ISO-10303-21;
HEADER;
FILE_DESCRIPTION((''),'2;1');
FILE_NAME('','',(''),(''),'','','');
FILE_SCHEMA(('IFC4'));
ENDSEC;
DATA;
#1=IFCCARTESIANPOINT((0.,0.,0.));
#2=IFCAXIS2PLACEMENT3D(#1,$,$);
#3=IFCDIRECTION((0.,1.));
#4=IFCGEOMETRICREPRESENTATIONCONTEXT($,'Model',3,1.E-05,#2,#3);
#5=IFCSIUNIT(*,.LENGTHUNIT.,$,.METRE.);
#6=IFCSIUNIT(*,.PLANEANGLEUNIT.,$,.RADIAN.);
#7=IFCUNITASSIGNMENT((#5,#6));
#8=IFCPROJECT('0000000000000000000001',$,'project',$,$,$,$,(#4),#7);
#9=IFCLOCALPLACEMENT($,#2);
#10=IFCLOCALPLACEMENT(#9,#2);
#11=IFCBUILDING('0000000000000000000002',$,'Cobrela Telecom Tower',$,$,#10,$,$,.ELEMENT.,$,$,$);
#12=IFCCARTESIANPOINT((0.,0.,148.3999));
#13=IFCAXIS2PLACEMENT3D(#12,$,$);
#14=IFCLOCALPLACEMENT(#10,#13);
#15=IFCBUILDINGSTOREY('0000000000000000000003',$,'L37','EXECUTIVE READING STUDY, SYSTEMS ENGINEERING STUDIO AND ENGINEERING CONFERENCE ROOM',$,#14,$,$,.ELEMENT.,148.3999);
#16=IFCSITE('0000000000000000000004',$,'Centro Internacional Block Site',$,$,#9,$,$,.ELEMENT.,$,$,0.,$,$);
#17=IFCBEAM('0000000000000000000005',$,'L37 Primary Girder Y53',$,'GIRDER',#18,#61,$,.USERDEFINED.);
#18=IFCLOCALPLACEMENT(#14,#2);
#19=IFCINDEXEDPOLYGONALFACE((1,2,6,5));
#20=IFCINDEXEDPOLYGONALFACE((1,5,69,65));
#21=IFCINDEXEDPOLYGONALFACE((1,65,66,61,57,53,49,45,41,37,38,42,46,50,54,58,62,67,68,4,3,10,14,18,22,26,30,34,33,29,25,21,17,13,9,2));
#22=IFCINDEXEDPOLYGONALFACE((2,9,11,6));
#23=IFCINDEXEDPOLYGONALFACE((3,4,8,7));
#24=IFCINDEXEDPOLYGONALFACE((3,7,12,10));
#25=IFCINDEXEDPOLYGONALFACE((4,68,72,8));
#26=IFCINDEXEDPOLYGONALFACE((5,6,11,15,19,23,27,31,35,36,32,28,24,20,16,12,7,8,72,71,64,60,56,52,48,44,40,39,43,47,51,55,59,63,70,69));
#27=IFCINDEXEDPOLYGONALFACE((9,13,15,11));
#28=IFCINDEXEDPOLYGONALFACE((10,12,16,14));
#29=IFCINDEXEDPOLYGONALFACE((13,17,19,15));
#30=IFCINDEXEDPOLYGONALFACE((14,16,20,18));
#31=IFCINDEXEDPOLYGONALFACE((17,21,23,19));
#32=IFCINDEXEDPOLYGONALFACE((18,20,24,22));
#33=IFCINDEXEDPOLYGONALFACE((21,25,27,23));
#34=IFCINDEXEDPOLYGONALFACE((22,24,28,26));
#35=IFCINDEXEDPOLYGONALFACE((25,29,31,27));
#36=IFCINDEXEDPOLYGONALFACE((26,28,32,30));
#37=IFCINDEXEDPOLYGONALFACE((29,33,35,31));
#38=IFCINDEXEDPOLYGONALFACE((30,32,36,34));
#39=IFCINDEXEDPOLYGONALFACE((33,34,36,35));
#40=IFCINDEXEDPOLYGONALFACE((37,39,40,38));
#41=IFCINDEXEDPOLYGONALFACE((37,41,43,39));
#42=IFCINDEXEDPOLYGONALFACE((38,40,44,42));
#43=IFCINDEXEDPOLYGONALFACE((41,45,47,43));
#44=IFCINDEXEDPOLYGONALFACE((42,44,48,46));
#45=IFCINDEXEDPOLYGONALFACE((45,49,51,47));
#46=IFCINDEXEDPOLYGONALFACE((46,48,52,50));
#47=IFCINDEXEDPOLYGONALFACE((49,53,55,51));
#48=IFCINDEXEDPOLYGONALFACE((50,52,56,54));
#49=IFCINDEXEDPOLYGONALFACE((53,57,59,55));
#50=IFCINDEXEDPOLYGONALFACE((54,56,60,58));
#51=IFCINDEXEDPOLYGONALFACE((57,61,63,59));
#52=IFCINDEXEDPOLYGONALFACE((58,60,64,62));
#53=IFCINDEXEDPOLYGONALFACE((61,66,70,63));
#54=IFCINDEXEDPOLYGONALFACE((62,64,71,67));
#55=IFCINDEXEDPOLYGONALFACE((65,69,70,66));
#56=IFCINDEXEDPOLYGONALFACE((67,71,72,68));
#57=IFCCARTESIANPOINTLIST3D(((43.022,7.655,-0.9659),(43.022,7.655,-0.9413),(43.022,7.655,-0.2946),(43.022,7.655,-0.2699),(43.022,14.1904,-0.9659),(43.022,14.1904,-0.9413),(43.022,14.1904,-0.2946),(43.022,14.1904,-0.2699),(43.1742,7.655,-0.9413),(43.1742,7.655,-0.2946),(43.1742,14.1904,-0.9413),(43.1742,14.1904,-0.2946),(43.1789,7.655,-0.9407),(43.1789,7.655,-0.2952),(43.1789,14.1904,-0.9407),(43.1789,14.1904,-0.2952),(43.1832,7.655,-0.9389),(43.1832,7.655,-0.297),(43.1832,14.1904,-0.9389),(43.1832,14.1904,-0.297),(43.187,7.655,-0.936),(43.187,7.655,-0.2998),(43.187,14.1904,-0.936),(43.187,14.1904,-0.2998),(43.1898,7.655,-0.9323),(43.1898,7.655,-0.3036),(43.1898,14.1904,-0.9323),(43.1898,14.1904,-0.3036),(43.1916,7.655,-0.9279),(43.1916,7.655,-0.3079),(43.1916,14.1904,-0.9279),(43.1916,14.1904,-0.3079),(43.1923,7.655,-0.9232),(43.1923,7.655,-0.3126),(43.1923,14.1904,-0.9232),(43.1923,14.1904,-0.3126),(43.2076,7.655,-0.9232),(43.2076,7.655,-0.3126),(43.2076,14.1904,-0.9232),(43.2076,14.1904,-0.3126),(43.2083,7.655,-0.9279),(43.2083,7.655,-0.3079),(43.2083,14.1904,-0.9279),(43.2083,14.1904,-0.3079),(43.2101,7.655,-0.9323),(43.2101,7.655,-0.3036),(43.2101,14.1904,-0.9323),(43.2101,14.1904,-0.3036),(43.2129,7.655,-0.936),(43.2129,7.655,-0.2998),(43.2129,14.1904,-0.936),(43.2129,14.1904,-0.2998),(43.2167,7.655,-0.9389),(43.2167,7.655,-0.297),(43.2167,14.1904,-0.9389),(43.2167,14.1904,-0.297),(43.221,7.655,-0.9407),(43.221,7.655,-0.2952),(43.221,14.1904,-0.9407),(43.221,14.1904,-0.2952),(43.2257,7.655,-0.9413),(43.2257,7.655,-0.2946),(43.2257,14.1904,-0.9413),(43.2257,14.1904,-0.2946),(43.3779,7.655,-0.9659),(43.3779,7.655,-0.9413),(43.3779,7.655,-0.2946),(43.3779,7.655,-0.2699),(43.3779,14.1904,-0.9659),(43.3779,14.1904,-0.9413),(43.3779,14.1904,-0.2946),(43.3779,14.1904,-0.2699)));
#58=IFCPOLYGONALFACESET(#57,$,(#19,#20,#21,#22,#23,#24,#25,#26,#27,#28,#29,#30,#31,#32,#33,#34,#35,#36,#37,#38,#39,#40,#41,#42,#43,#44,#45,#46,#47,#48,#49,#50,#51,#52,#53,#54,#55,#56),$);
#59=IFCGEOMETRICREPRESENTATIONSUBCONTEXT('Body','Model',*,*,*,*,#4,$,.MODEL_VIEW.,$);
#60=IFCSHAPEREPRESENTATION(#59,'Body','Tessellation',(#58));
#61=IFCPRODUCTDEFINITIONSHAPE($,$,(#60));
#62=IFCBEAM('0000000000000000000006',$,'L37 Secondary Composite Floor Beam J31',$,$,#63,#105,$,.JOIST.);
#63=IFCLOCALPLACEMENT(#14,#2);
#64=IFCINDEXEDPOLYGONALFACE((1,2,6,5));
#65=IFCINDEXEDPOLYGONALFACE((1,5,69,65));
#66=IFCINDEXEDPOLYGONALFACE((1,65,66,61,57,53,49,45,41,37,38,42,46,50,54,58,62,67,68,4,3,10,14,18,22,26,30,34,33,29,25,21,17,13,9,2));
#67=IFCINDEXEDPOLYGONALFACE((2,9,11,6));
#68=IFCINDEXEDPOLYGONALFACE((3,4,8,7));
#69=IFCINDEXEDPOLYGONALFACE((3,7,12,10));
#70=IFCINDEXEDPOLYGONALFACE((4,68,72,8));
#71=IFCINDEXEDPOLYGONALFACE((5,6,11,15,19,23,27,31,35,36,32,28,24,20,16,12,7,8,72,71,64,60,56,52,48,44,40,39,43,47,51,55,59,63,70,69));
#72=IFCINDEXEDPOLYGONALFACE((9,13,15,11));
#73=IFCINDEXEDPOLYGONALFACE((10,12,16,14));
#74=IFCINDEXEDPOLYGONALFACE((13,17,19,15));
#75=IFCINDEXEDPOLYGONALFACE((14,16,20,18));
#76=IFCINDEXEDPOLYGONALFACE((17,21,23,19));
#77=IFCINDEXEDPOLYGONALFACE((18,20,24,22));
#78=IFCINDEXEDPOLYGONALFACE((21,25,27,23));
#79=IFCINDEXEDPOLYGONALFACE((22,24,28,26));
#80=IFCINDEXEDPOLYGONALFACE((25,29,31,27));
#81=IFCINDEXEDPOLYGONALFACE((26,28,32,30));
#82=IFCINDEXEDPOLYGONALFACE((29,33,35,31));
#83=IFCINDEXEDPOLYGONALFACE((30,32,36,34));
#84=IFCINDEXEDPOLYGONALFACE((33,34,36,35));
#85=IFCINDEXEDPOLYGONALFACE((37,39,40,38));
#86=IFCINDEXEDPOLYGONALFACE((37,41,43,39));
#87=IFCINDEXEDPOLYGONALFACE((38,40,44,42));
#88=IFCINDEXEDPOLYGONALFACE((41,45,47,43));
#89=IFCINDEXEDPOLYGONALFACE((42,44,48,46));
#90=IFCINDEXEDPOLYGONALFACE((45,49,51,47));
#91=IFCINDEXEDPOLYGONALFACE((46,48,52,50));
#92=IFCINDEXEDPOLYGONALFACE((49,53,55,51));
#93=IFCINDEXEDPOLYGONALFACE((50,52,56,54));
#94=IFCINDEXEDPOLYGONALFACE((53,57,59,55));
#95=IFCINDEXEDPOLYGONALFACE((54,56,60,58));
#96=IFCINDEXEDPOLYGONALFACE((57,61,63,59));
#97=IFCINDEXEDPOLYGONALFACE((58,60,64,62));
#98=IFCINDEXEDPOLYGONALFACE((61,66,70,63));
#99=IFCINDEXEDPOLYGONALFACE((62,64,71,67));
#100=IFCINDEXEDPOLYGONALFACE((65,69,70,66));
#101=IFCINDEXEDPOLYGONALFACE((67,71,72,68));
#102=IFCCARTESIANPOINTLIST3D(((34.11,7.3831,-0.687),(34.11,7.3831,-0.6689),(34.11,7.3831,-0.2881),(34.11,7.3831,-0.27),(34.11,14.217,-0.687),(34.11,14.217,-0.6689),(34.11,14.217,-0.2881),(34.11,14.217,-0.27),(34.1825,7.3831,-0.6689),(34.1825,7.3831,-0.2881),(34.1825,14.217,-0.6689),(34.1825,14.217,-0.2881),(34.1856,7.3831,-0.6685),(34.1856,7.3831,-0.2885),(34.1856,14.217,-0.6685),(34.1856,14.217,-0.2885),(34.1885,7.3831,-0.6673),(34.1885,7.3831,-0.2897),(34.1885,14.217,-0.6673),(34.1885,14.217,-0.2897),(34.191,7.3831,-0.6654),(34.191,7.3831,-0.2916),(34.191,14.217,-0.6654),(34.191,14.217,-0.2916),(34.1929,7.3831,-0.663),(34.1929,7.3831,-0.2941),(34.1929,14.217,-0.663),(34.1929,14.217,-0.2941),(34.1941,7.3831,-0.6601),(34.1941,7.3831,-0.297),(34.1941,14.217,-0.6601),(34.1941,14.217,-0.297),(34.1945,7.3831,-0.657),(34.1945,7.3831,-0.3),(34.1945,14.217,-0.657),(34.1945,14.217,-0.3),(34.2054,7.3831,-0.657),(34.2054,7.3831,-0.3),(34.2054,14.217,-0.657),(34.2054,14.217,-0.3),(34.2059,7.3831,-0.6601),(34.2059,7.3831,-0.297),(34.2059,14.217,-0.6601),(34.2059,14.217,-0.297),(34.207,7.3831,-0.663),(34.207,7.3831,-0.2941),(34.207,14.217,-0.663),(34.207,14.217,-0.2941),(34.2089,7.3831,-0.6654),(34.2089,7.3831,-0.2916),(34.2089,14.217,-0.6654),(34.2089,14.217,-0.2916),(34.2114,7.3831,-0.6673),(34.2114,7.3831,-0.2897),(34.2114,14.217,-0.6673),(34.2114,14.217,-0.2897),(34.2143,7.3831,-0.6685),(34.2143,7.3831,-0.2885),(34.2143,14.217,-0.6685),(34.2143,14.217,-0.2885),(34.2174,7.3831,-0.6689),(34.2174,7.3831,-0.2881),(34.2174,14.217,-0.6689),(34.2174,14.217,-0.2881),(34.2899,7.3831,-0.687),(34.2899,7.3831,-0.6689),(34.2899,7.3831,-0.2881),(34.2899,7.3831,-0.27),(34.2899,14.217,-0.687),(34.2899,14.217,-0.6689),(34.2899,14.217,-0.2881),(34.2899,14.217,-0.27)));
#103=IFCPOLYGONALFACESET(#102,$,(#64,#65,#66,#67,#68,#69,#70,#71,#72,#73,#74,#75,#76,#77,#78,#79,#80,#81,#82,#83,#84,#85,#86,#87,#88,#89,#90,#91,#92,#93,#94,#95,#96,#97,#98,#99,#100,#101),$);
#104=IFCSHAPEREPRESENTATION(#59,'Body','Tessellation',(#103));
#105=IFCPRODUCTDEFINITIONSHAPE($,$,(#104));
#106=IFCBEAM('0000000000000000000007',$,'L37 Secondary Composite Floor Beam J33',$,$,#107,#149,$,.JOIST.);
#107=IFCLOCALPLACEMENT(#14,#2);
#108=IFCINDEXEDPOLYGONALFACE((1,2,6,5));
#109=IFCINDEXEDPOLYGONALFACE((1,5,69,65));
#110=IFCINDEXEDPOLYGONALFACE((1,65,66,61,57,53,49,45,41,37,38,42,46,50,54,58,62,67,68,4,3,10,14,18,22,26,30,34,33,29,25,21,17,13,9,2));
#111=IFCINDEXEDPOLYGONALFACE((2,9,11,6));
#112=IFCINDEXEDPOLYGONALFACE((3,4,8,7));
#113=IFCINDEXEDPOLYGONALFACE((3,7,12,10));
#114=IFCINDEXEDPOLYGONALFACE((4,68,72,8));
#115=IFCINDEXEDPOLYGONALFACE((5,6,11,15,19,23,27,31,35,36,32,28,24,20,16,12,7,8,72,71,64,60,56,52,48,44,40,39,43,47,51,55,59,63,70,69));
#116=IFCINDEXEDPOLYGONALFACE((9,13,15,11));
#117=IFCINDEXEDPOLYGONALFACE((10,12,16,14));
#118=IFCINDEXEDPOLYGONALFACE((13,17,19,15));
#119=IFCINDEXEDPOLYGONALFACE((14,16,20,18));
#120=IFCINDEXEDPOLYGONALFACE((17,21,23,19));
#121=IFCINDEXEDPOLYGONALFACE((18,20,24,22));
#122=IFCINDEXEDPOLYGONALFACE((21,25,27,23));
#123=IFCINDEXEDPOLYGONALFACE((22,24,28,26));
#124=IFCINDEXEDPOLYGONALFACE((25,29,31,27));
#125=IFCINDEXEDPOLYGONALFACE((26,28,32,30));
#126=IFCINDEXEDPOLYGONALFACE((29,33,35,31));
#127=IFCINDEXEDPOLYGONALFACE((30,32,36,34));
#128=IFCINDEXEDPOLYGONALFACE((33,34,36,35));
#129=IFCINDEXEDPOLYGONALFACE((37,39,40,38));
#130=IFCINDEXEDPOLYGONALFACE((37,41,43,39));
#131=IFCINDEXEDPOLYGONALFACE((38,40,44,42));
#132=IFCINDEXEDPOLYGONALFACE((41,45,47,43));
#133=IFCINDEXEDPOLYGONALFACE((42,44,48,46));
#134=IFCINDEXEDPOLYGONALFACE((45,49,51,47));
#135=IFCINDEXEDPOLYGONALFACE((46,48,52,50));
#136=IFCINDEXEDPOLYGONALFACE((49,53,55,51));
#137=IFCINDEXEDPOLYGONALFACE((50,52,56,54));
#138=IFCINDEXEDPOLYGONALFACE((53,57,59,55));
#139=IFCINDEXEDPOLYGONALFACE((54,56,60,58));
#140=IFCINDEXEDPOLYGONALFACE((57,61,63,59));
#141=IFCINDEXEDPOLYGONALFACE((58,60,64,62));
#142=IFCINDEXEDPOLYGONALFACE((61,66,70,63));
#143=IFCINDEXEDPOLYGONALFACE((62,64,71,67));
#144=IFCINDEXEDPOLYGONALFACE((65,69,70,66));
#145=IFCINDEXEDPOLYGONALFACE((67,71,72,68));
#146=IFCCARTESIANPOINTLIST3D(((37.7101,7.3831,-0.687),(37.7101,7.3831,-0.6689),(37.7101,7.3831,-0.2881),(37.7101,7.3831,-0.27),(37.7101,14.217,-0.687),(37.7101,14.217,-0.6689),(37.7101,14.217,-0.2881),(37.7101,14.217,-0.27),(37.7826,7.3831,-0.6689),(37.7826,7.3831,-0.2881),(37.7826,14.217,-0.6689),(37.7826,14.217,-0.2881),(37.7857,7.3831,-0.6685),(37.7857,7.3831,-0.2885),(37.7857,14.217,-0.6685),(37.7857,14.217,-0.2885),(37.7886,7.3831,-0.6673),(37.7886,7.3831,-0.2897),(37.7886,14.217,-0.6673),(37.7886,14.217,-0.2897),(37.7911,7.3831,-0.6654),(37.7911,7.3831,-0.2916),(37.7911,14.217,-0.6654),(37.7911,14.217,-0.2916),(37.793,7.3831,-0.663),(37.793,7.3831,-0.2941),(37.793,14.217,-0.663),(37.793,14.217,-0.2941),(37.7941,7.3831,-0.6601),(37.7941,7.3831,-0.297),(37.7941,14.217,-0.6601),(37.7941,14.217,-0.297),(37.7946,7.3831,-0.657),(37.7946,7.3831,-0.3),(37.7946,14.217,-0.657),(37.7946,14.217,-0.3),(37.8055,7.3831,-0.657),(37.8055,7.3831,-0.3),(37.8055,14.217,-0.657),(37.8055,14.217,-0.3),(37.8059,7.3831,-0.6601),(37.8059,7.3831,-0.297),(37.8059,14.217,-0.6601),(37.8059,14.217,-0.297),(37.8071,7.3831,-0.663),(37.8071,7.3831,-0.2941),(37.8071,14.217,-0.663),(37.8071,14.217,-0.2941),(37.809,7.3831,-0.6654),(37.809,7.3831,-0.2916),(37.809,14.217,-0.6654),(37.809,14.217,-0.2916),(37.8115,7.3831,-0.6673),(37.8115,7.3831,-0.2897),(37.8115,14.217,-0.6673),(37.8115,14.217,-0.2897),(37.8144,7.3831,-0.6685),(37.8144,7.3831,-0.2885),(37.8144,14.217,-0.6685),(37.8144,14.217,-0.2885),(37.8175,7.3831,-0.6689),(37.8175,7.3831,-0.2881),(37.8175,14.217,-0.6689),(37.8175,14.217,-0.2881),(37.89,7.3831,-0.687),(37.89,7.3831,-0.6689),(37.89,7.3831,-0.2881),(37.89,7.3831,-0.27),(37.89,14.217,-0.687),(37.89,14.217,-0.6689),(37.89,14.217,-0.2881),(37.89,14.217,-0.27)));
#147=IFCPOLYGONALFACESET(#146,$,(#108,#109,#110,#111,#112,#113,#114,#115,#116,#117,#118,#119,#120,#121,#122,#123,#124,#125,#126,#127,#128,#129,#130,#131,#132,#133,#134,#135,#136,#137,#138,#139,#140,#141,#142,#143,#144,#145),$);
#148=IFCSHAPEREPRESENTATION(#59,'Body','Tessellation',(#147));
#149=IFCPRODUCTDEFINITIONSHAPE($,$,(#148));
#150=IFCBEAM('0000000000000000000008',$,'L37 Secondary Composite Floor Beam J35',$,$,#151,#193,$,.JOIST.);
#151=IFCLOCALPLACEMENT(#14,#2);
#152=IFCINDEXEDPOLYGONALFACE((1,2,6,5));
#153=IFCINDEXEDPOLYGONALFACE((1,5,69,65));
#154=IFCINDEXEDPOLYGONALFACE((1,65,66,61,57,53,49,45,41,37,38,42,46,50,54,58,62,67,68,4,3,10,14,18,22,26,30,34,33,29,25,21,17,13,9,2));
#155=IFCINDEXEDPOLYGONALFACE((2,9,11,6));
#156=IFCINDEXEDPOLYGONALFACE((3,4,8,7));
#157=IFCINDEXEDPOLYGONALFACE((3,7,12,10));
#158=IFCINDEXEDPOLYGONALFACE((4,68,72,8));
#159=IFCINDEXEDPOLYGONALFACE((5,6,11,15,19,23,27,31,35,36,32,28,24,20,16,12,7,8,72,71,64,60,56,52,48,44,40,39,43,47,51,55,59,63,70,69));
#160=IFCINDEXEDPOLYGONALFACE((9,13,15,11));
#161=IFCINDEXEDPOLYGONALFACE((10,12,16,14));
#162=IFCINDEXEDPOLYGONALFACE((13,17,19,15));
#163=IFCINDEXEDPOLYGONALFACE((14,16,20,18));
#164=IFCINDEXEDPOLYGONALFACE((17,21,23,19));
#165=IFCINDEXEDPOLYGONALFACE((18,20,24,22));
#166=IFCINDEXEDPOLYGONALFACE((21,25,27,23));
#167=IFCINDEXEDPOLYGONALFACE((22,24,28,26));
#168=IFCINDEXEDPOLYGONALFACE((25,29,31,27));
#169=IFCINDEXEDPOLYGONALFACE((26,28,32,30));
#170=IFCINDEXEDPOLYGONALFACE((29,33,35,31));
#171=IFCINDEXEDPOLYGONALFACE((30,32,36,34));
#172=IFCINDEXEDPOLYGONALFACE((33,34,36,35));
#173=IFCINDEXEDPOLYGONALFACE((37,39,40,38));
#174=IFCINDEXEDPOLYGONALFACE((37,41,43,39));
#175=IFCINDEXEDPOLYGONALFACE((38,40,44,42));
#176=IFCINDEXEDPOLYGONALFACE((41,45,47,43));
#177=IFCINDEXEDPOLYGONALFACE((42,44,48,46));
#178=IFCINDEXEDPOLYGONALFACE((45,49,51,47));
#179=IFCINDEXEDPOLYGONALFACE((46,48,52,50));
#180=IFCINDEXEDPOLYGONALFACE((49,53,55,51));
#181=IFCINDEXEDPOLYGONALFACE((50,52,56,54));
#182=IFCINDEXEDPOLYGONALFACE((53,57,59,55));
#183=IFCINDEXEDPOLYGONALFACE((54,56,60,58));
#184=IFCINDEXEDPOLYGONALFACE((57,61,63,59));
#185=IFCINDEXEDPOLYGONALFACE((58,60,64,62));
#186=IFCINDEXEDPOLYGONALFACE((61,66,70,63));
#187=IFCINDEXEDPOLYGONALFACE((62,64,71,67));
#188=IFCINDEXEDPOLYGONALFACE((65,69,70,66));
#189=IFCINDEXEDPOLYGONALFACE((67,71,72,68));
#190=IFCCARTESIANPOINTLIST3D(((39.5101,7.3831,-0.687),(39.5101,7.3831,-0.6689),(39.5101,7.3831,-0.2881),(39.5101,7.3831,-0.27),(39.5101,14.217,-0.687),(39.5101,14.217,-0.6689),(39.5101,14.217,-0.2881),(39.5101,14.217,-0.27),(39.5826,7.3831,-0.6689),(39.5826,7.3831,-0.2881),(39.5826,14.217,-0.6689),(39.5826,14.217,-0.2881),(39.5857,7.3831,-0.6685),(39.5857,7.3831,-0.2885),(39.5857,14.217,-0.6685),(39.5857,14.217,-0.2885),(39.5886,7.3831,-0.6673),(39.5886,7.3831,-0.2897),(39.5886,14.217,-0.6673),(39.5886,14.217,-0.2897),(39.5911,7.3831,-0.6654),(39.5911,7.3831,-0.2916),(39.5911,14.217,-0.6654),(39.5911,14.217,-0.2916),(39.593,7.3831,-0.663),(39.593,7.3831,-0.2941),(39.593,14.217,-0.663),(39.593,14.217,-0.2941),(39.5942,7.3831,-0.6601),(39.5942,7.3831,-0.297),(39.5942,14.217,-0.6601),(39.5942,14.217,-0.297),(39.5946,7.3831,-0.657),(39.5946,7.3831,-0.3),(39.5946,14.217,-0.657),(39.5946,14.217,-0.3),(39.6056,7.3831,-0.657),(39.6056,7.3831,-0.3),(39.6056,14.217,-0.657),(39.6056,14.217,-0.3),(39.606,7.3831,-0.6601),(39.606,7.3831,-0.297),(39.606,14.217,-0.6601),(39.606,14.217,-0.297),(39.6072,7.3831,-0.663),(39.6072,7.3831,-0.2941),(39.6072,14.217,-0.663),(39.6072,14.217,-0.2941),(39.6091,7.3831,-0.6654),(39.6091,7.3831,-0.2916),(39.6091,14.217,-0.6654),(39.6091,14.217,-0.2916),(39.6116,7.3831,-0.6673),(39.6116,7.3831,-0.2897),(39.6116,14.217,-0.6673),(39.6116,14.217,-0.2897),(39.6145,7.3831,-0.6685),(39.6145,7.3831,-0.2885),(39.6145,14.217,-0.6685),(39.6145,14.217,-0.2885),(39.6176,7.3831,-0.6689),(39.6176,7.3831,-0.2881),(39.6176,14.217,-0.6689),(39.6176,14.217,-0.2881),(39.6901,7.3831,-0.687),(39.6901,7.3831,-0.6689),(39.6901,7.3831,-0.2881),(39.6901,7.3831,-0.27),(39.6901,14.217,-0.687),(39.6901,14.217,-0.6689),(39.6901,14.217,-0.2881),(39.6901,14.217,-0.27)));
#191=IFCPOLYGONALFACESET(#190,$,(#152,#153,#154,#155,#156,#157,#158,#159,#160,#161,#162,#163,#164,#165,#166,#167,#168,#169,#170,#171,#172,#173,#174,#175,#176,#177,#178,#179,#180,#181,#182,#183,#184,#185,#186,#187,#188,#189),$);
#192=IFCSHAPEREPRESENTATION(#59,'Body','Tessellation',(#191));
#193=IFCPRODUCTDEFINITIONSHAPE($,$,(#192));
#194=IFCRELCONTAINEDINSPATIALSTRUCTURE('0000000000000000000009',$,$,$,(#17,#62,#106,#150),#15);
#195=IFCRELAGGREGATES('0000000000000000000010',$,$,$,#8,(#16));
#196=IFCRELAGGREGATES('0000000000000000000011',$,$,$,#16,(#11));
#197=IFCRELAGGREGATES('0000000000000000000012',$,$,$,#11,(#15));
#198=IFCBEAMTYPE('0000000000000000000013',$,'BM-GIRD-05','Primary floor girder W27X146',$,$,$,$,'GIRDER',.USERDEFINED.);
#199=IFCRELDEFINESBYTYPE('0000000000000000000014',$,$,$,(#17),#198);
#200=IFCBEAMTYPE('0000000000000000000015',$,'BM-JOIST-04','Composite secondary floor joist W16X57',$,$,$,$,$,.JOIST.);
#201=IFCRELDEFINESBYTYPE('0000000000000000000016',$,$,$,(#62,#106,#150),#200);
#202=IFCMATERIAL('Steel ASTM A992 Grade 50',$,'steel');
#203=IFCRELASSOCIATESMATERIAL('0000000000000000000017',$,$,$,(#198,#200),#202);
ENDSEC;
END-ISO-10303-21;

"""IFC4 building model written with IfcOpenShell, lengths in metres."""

from ifc_helpers import new_model, si_unit, direction, frame, origin, origin_2d, place, context, subcontext, project, spatial, i_section, extrude, material, material_profile, profile_set, type_object, element, save


model = new_model("IFC4")

# Units and contexts
model_context = context("Model", 3, precision=1e-05, world=origin(), true_north=direction((0.0, 1.0)))
body_context = subcontext(model_context, "Body", "Model", "MODEL_VIEW")
ifc_project = project(units=[si_unit("LENGTHUNIT", "METRE"), si_unit("PLANEANGLEUNIT", "RADIAN")], contexts=[model_context])

# Site, building, storey
site_placement = place(None, origin())
site = spatial("IfcSite", under=ifc_project, at=site_placement, Name="Centro Internacional Block Site", CompositionType="ELEMENT", RefElevation=0.0)
building_placement = place(site_placement, origin())
building = spatial("IfcBuilding", under=site, at=building_placement, Name="Cobrela Telecom Tower", CompositionType="ELEMENT")
storey_placement = place(building_placement, frame((0.0, 0.0, 148.3999)))
storey = spatial("IfcBuildingStorey", under=building, at=storey_placement, Name="L37", Description="EXECUTIVE READING STUDY, SYSTEMS ENGINEERING STUDIO AND ENGINEERING CONFERENCE ROOM", CompositionType="ELEMENT", Elevation=148.3999)

# Shared definitions
ifc_material_1 = material(Name="Steel ASTM A992 Grade 50", Category="steel")

# Beams
ifc_material_profile_1 = material_profile(ifc_material_1, i_section(OverallWidth=0.356, OverallDepth=0.696, WebThickness=0.0154, FlangeThickness=0.0247, FilletRadius=0.0181, at=origin_2d()), Name="W27X146")
ifc_profile_set_1 = profile_set([ifc_material_profile_1], Name="Steel ASTM A992 Grade 50")
beam_type_1 = type_object("IfcBeamType", Name="BM-GIRD-05", Description="Primary floor girder W27X146", ElementType="GIRDER", PredefinedType="USERDEFINED", material=ifc_profile_set_1)
beam_1_placement = place(storey_placement, frame((43.2, 7.655, -0.6179), z_axis=(0.0, 1.0, 0.0), x_axis=(-1.0, 0.0, 0.0)))
element("IfcBeam", 1, at=beam_1_placement, inside=storey, type_object=beam_type_1, Name="L37 Primary Girder Y53", ObjectType="GIRDER", PredefinedType="USERDEFINED", context=body_context, shape_type="SweptSolid", body=[
    extrude(i_section(OverallWidth=0.356, OverallDepth=0.696, WebThickness=0.0154, FlangeThickness=0.0247, FilletRadius=0.0181, at=origin_2d()), origin(), (0.0, 0.0, 1.0), 6.5354),
])
ifc_material_profile_2 = material_profile(ifc_material_1, i_section(OverallWidth=0.1799, OverallDepth=0.417, WebThickness=0.011, FlangeThickness=0.0181, FilletRadius=0.012, at=origin_2d()), Name="W16X57")
ifc_profile_set_2 = profile_set([ifc_material_profile_2], Name="Steel ASTM A992 Grade 50")
beam_type_2 = type_object("IfcBeamType", Name="BM-JOIST-04", Description="Composite secondary floor joist W16X57", PredefinedType="JOIST", material=ifc_profile_set_2)
for number, where, z_axis, x_axis, name in (
    (2, (34.2, 7.3831, -0.4785), (0.0, 1.0, 0.0), (-1.0, 0.0, 0.0), "L37 Secondary Composite Floor Beam J31"),
    (3, (37.8, 7.3831, -0.4785), (0.0, 1.0, 0.0), (-1.0, 0.0, 0.0), "L37 Secondary Composite Floor Beam J33"),
    (4, (39.6001, 7.3831, -0.4785), (0.0, 1.0, 0.0), (-1.0, 0.0, 0.0), "L37 Secondary Composite Floor Beam J35"),
):
    element("IfcBeam", number, at=place(storey_placement, frame(where, z_axis=z_axis, x_axis=x_axis)), inside=storey, type_object=beam_type_2, Name=name, PredefinedType="JOIST", context=body_context, shape_type="SweptSolid", body=[
        extrude(i_section(OverallWidth=0.1799, OverallDepth=0.417, WebThickness=0.011, FlangeThickness=0.0181, FilletRadius=0.012, at=origin_2d()), origin(), (0.0, 0.0, 1.0), 6.834),
    ])

save(model, "model.ifc")
